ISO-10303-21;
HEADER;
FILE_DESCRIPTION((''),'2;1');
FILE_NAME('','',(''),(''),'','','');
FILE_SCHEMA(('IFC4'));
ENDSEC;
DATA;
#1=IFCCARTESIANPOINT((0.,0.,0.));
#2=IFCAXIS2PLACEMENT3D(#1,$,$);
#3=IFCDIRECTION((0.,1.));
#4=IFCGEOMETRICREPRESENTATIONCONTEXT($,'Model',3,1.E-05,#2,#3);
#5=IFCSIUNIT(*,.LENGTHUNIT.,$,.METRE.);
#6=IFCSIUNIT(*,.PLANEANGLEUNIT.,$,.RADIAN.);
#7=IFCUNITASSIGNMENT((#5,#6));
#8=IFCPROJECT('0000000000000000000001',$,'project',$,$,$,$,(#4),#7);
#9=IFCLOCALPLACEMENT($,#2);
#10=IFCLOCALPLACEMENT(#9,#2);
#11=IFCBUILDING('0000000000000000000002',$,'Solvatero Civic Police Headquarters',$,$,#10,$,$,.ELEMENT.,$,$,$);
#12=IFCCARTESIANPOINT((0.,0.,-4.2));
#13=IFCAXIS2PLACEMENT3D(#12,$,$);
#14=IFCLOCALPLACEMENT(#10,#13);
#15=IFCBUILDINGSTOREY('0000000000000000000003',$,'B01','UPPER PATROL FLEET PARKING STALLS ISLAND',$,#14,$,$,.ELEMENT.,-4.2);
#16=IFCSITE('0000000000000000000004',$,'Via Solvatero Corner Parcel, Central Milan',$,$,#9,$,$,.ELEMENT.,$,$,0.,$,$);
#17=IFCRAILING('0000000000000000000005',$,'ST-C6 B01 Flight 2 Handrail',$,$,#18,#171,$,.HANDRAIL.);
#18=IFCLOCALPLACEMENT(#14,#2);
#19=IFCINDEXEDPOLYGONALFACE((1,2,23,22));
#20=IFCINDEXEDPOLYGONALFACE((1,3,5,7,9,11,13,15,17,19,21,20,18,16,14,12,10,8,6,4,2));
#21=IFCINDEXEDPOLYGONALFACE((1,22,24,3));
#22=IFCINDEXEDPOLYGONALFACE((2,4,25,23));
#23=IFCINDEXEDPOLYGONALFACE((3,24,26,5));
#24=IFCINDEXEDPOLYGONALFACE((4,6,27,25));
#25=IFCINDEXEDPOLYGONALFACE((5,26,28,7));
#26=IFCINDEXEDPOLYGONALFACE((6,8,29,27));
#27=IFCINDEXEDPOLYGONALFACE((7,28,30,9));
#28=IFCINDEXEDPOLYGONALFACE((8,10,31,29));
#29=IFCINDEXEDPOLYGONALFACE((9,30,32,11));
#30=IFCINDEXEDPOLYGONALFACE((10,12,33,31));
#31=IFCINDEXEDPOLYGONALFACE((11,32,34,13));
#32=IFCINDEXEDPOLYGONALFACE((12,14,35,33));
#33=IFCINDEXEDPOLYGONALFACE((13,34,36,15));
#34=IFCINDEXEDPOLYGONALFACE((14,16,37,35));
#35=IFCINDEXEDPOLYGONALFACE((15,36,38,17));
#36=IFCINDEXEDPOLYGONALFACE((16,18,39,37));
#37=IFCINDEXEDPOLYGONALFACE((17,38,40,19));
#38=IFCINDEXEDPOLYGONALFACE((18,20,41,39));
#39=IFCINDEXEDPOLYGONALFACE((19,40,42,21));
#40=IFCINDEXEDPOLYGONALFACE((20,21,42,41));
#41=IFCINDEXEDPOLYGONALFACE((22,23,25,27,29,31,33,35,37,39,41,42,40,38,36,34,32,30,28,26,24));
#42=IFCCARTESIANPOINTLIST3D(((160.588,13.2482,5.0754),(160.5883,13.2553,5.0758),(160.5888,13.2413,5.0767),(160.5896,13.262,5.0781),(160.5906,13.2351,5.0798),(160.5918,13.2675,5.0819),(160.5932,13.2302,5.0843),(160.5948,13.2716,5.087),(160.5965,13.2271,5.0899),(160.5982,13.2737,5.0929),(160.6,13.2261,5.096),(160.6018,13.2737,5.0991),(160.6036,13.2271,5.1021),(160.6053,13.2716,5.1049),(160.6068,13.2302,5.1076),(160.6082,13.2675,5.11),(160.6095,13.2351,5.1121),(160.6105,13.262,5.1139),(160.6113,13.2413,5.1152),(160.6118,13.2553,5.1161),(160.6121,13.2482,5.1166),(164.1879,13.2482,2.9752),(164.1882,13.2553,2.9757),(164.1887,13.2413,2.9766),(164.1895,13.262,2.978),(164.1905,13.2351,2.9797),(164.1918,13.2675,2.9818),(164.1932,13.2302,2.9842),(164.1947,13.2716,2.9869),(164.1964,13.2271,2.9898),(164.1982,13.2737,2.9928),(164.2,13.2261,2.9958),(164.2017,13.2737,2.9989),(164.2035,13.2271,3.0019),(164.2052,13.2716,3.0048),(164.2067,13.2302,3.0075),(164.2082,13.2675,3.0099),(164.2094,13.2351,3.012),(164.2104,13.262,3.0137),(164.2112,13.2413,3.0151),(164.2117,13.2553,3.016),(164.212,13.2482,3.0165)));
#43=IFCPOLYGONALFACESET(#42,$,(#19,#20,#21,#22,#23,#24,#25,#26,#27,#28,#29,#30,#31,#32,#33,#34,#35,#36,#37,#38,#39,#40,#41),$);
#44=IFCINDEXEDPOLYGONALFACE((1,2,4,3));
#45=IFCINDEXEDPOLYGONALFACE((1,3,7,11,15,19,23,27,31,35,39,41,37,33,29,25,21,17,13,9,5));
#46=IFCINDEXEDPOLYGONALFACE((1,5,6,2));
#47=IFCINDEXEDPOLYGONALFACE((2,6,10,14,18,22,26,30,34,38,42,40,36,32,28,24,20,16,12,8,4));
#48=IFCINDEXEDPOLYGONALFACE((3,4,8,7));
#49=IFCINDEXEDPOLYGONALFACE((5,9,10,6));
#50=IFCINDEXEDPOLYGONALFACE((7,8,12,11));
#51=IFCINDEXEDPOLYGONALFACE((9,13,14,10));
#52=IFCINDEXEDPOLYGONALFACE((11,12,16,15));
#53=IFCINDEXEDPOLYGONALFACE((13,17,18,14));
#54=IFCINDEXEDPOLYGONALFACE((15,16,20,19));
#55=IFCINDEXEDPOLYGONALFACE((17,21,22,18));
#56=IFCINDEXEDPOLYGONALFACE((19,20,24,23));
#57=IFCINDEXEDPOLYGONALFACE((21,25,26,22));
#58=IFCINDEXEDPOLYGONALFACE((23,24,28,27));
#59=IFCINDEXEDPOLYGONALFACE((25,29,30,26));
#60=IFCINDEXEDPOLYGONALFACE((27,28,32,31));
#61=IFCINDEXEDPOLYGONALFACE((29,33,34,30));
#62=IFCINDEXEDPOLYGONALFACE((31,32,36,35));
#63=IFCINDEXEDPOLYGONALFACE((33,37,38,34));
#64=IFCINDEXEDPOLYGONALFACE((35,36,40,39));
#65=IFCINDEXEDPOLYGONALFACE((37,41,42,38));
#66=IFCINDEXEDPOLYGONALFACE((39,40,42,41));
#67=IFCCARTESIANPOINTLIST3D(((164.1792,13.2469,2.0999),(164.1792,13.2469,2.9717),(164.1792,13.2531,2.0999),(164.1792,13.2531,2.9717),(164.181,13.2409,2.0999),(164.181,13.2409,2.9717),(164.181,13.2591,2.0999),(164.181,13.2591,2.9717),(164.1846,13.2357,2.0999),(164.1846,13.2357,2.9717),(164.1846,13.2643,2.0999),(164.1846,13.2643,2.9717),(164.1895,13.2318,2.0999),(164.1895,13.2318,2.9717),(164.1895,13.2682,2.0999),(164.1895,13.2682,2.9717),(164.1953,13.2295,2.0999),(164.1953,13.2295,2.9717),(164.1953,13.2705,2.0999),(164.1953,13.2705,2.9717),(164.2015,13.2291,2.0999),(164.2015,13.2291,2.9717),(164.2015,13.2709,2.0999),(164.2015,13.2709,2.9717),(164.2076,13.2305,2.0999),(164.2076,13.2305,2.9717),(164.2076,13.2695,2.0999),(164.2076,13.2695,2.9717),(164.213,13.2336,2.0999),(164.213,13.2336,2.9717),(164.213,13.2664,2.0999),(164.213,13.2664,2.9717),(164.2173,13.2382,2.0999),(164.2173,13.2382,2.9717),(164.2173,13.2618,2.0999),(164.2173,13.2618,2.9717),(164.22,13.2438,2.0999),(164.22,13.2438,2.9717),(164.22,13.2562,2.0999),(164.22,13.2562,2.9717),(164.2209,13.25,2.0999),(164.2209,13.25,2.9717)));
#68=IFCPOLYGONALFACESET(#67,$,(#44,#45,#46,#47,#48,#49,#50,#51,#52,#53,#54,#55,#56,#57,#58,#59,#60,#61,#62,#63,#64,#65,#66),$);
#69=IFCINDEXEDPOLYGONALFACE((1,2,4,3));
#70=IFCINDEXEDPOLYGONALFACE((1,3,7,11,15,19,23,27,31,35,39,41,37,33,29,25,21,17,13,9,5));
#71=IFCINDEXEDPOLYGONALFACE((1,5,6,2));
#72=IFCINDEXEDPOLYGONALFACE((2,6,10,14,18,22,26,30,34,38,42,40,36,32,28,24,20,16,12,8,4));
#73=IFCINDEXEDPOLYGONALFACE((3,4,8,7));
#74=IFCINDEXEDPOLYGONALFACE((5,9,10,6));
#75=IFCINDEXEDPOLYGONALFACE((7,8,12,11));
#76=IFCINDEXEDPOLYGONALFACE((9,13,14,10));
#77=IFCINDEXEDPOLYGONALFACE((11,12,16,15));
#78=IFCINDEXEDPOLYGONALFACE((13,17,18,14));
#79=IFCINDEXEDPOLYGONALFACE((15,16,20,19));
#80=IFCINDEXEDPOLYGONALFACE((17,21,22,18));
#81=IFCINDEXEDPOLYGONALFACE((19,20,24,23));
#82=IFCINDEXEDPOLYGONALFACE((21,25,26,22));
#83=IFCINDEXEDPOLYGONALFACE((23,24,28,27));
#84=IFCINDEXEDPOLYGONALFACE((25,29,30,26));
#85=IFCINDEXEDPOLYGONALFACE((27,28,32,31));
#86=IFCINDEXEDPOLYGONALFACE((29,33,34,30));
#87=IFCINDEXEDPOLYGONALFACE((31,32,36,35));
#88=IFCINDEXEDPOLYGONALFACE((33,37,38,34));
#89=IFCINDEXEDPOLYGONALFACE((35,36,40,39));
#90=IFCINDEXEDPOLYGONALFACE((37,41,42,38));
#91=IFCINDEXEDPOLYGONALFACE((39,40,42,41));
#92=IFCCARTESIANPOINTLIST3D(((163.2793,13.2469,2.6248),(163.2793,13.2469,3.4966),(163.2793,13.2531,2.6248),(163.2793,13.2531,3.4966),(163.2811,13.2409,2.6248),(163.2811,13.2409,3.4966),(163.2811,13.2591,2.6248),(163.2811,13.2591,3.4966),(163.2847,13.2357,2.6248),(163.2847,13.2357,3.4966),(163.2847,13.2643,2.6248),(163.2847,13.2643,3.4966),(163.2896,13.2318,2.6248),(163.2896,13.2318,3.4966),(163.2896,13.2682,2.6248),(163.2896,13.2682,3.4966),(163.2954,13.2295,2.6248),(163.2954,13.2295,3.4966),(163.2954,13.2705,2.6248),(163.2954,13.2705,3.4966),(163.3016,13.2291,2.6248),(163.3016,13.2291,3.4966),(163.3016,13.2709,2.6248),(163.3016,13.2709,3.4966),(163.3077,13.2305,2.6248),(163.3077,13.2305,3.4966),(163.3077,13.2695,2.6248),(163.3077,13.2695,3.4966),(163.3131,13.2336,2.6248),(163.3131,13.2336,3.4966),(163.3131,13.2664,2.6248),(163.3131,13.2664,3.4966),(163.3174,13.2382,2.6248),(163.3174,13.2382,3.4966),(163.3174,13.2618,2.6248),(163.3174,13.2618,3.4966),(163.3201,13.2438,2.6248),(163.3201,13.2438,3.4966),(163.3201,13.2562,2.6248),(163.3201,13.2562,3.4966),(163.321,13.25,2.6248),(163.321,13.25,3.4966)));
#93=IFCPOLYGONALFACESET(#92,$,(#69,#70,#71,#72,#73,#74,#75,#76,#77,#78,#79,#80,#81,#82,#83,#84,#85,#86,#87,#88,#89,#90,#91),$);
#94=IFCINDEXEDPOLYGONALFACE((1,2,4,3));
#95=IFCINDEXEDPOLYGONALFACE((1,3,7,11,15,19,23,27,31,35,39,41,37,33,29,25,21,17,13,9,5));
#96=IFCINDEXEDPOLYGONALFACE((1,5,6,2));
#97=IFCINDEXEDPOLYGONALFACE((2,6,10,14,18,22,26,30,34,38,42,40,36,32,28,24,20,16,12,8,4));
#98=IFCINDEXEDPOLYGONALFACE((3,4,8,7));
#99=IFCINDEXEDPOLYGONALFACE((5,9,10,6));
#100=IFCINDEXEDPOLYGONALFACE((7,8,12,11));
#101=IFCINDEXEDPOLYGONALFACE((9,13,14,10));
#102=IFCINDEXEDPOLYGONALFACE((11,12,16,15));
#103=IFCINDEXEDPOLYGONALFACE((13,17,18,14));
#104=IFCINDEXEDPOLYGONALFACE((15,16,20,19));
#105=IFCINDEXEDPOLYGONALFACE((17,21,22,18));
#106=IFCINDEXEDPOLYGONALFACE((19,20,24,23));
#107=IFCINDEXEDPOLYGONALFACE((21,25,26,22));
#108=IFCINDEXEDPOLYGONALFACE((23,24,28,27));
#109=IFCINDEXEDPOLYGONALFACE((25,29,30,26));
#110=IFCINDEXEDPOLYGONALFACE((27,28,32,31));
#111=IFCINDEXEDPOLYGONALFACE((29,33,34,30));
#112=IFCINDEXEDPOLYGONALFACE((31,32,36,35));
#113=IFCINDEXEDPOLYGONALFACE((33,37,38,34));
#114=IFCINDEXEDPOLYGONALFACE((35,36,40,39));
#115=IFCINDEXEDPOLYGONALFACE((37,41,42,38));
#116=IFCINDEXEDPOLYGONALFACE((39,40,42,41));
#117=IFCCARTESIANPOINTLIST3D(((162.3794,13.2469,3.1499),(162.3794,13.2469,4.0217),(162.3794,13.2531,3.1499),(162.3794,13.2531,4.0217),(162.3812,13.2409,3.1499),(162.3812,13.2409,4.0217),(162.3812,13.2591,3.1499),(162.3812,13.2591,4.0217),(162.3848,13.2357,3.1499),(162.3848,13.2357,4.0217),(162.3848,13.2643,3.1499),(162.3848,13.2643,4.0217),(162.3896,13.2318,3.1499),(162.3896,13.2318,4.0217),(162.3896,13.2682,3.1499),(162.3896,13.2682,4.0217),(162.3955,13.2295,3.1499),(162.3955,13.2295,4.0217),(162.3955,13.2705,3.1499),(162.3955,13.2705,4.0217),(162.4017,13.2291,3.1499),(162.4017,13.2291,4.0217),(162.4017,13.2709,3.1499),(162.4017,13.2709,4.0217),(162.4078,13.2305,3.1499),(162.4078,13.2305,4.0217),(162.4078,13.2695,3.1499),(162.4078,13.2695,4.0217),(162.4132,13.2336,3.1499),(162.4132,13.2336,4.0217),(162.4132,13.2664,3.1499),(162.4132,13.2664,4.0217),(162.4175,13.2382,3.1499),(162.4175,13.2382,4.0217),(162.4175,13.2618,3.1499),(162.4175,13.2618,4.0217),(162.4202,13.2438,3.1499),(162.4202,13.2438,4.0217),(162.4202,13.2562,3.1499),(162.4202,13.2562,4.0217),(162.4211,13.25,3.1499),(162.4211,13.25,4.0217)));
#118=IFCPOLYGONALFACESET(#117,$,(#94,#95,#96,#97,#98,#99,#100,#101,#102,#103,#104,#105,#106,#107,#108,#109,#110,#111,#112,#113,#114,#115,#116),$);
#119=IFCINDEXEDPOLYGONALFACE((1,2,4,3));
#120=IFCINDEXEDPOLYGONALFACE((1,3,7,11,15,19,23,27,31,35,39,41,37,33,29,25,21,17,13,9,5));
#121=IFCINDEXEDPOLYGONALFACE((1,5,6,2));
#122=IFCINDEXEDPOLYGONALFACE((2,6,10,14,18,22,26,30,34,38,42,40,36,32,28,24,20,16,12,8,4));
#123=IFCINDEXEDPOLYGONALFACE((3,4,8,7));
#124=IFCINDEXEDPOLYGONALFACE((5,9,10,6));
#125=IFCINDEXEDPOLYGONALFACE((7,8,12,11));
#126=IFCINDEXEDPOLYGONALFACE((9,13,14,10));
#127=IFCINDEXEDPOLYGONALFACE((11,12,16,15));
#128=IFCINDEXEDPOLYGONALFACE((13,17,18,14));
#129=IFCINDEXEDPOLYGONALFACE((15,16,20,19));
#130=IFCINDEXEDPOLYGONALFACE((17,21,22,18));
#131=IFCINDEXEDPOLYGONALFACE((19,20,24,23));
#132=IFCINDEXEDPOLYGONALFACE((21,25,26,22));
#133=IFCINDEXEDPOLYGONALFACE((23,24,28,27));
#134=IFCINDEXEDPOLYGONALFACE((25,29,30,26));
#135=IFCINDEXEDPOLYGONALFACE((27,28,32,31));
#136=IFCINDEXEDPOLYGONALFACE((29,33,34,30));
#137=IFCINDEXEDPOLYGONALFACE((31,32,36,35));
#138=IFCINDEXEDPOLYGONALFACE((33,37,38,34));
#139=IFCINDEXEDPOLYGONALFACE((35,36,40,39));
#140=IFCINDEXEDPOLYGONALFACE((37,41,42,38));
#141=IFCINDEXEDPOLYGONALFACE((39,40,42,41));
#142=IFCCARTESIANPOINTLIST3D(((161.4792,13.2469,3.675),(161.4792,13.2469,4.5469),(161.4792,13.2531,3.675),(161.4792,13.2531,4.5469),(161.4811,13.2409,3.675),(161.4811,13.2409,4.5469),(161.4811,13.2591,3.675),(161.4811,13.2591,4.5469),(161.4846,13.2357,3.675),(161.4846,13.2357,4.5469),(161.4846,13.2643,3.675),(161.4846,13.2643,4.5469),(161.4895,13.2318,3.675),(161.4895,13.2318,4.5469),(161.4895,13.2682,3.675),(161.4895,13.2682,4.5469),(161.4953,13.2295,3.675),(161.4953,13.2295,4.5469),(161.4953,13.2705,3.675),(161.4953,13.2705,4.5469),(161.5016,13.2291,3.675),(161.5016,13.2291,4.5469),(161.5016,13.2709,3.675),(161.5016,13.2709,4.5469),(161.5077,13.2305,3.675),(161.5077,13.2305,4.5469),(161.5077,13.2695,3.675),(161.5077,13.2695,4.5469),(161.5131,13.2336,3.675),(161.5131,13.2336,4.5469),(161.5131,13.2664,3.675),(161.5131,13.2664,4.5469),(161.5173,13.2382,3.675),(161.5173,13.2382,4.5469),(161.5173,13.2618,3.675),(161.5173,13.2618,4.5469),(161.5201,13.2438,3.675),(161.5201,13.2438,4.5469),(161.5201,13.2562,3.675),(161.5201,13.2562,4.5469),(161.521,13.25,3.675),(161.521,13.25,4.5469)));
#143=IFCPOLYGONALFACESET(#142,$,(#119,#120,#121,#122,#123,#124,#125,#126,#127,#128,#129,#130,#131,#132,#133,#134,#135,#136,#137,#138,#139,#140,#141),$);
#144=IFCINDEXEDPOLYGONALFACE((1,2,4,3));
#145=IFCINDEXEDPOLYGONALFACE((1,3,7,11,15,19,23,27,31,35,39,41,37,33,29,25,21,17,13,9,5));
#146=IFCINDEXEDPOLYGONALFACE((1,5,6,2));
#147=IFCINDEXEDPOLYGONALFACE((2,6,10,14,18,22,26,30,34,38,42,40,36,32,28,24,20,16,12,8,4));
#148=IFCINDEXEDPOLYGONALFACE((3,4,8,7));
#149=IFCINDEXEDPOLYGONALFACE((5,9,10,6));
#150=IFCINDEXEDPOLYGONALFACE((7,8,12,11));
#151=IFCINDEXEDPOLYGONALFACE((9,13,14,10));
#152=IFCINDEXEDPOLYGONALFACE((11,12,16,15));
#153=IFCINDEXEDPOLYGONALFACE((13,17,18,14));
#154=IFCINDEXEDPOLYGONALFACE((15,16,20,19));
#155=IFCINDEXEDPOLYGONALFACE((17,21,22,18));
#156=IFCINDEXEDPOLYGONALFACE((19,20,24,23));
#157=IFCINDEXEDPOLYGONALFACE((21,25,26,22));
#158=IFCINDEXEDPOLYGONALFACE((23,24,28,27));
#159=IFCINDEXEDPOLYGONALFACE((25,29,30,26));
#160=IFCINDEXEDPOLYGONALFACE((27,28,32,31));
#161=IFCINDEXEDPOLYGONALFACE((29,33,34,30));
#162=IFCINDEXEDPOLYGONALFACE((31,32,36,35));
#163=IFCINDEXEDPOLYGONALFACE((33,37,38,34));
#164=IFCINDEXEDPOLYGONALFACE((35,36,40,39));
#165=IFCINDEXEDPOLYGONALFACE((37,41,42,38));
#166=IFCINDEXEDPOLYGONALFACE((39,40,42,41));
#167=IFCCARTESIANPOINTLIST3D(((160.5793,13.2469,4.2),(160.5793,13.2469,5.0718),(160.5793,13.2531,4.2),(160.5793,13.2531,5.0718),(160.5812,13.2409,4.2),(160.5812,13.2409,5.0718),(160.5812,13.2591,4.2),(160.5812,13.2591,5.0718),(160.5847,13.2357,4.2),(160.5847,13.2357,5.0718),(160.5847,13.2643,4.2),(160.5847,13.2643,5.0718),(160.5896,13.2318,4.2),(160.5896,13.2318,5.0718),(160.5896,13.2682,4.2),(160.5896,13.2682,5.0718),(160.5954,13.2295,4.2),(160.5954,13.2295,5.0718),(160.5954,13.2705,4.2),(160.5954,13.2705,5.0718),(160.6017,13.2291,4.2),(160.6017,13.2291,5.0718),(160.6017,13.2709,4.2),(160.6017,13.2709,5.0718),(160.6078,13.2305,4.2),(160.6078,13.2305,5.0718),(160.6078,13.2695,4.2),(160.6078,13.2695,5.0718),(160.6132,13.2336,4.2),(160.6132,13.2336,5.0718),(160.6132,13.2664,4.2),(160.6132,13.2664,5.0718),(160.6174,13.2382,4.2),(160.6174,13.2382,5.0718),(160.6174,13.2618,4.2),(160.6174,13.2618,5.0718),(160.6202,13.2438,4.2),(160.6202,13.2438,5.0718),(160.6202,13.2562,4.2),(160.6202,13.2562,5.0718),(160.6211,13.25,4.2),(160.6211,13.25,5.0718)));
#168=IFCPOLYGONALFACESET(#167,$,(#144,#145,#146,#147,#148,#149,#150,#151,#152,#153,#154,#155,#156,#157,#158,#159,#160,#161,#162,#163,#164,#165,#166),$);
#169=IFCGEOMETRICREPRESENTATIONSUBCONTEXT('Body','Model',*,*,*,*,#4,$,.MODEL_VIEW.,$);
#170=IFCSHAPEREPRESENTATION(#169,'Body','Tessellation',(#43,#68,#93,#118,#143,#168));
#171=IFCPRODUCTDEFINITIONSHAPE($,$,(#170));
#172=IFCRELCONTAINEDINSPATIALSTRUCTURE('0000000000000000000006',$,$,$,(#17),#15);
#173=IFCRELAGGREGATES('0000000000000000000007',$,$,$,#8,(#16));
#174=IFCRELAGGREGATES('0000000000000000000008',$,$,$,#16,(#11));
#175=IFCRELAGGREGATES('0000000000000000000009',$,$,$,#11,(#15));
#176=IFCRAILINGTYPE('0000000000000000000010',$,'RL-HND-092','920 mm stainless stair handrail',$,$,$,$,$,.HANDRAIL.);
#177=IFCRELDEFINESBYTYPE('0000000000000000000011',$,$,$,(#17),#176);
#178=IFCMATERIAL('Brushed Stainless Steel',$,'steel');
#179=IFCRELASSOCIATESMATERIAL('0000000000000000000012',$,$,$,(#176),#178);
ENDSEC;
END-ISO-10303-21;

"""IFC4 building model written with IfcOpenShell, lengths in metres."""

from ifc_helpers import new_model, si_unit, direction, frame, origin, origin_2d, place, context, subcontext, project, spatial, circle, extrude, material, type_object, element, save


model = new_model("IFC4")

# Units and contexts
model_context = context("Model", 3, precision=1e-05, world=origin(), true_north=direction((0.0, 1.0)))
body_context = subcontext(model_context, "Body", "Model", "MODEL_VIEW")
ifc_project = project(units=[si_unit("LENGTHUNIT", "METRE"), si_unit("PLANEANGLEUNIT", "RADIAN")], contexts=[model_context])

# Site, building, storey
site_placement = place(None, origin())
site = spatial("IfcSite", under=ifc_project, at=site_placement, Name="Via Solvatero Corner Parcel, Central Milan", CompositionType="ELEMENT", RefElevation=0.0)
building_placement = place(site_placement, origin())
building = spatial("IfcBuilding", under=site, at=building_placement, Name="Solvatero Civic Police Headquarters", CompositionType="ELEMENT")
storey_placement = place(building_placement, frame((0.0, 0.0, -4.2)))
storey = spatial("IfcBuildingStorey", under=building, at=storey_placement, Name="B01", Description="UPPER PATROL FLEET PARKING STALLS ISLAND", CompositionType="ELEMENT", Elevation=-4.2)

# Railing
ifc_material_1 = material(Name="Brushed Stainless Steel", Category="steel")
railing_type_1 = type_object("IfcRailingType", Name="RL-HND-092", Description="920 mm stainless stair handrail", PredefinedType="HANDRAIL", material=ifc_material_1)
railing_1_placement = place(storey_placement, frame((164.2, 13.25, 2.0999)))
element("IfcRailing", 1, at=railing_1_placement, inside=storey, type_object=railing_type_1, Name="ST-C6 B01 Flight 2 Handrail", PredefinedType="HANDRAIL", context=body_context, shape_type="SweptSolid", body=[
    extrude(circle(Radius=0.0239, at=origin_2d()), frame((0.0, 0.0, 0.896), z_axis=(-0.86376, 0.0, 0.503904), x_axis=(0.0, -1.0, 0.0)), (0.0, 0.0, 1.0), 4.1677),
    extrude(circle(Radius=0.021, at=origin_2d()), origin(), (0.0, 0.0, 1.0), 0.8718),
    extrude(circle(Radius=0.021, at=origin_2d()), frame((-0.8999, 0.0, 0.5249)), (0.0, 0.0, 1.0), 0.8718),
    extrude(circle(Radius=0.021, at=origin_2d()), frame((-1.7998, 0.0, 1.05)), (0.0, 0.0, 1.0), 0.8718),
    extrude(circle(Radius=0.021, at=origin_2d()), frame((-2.7, 0.0, 1.5752)), (0.0, 0.0, 1.0), 0.8718),
    extrude(circle(Radius=0.021, at=origin_2d()), frame((-3.5999, 0.0, 2.1001)), (0.0, 0.0, 1.0), 0.8718),
])

save(model, "model.ifc")
